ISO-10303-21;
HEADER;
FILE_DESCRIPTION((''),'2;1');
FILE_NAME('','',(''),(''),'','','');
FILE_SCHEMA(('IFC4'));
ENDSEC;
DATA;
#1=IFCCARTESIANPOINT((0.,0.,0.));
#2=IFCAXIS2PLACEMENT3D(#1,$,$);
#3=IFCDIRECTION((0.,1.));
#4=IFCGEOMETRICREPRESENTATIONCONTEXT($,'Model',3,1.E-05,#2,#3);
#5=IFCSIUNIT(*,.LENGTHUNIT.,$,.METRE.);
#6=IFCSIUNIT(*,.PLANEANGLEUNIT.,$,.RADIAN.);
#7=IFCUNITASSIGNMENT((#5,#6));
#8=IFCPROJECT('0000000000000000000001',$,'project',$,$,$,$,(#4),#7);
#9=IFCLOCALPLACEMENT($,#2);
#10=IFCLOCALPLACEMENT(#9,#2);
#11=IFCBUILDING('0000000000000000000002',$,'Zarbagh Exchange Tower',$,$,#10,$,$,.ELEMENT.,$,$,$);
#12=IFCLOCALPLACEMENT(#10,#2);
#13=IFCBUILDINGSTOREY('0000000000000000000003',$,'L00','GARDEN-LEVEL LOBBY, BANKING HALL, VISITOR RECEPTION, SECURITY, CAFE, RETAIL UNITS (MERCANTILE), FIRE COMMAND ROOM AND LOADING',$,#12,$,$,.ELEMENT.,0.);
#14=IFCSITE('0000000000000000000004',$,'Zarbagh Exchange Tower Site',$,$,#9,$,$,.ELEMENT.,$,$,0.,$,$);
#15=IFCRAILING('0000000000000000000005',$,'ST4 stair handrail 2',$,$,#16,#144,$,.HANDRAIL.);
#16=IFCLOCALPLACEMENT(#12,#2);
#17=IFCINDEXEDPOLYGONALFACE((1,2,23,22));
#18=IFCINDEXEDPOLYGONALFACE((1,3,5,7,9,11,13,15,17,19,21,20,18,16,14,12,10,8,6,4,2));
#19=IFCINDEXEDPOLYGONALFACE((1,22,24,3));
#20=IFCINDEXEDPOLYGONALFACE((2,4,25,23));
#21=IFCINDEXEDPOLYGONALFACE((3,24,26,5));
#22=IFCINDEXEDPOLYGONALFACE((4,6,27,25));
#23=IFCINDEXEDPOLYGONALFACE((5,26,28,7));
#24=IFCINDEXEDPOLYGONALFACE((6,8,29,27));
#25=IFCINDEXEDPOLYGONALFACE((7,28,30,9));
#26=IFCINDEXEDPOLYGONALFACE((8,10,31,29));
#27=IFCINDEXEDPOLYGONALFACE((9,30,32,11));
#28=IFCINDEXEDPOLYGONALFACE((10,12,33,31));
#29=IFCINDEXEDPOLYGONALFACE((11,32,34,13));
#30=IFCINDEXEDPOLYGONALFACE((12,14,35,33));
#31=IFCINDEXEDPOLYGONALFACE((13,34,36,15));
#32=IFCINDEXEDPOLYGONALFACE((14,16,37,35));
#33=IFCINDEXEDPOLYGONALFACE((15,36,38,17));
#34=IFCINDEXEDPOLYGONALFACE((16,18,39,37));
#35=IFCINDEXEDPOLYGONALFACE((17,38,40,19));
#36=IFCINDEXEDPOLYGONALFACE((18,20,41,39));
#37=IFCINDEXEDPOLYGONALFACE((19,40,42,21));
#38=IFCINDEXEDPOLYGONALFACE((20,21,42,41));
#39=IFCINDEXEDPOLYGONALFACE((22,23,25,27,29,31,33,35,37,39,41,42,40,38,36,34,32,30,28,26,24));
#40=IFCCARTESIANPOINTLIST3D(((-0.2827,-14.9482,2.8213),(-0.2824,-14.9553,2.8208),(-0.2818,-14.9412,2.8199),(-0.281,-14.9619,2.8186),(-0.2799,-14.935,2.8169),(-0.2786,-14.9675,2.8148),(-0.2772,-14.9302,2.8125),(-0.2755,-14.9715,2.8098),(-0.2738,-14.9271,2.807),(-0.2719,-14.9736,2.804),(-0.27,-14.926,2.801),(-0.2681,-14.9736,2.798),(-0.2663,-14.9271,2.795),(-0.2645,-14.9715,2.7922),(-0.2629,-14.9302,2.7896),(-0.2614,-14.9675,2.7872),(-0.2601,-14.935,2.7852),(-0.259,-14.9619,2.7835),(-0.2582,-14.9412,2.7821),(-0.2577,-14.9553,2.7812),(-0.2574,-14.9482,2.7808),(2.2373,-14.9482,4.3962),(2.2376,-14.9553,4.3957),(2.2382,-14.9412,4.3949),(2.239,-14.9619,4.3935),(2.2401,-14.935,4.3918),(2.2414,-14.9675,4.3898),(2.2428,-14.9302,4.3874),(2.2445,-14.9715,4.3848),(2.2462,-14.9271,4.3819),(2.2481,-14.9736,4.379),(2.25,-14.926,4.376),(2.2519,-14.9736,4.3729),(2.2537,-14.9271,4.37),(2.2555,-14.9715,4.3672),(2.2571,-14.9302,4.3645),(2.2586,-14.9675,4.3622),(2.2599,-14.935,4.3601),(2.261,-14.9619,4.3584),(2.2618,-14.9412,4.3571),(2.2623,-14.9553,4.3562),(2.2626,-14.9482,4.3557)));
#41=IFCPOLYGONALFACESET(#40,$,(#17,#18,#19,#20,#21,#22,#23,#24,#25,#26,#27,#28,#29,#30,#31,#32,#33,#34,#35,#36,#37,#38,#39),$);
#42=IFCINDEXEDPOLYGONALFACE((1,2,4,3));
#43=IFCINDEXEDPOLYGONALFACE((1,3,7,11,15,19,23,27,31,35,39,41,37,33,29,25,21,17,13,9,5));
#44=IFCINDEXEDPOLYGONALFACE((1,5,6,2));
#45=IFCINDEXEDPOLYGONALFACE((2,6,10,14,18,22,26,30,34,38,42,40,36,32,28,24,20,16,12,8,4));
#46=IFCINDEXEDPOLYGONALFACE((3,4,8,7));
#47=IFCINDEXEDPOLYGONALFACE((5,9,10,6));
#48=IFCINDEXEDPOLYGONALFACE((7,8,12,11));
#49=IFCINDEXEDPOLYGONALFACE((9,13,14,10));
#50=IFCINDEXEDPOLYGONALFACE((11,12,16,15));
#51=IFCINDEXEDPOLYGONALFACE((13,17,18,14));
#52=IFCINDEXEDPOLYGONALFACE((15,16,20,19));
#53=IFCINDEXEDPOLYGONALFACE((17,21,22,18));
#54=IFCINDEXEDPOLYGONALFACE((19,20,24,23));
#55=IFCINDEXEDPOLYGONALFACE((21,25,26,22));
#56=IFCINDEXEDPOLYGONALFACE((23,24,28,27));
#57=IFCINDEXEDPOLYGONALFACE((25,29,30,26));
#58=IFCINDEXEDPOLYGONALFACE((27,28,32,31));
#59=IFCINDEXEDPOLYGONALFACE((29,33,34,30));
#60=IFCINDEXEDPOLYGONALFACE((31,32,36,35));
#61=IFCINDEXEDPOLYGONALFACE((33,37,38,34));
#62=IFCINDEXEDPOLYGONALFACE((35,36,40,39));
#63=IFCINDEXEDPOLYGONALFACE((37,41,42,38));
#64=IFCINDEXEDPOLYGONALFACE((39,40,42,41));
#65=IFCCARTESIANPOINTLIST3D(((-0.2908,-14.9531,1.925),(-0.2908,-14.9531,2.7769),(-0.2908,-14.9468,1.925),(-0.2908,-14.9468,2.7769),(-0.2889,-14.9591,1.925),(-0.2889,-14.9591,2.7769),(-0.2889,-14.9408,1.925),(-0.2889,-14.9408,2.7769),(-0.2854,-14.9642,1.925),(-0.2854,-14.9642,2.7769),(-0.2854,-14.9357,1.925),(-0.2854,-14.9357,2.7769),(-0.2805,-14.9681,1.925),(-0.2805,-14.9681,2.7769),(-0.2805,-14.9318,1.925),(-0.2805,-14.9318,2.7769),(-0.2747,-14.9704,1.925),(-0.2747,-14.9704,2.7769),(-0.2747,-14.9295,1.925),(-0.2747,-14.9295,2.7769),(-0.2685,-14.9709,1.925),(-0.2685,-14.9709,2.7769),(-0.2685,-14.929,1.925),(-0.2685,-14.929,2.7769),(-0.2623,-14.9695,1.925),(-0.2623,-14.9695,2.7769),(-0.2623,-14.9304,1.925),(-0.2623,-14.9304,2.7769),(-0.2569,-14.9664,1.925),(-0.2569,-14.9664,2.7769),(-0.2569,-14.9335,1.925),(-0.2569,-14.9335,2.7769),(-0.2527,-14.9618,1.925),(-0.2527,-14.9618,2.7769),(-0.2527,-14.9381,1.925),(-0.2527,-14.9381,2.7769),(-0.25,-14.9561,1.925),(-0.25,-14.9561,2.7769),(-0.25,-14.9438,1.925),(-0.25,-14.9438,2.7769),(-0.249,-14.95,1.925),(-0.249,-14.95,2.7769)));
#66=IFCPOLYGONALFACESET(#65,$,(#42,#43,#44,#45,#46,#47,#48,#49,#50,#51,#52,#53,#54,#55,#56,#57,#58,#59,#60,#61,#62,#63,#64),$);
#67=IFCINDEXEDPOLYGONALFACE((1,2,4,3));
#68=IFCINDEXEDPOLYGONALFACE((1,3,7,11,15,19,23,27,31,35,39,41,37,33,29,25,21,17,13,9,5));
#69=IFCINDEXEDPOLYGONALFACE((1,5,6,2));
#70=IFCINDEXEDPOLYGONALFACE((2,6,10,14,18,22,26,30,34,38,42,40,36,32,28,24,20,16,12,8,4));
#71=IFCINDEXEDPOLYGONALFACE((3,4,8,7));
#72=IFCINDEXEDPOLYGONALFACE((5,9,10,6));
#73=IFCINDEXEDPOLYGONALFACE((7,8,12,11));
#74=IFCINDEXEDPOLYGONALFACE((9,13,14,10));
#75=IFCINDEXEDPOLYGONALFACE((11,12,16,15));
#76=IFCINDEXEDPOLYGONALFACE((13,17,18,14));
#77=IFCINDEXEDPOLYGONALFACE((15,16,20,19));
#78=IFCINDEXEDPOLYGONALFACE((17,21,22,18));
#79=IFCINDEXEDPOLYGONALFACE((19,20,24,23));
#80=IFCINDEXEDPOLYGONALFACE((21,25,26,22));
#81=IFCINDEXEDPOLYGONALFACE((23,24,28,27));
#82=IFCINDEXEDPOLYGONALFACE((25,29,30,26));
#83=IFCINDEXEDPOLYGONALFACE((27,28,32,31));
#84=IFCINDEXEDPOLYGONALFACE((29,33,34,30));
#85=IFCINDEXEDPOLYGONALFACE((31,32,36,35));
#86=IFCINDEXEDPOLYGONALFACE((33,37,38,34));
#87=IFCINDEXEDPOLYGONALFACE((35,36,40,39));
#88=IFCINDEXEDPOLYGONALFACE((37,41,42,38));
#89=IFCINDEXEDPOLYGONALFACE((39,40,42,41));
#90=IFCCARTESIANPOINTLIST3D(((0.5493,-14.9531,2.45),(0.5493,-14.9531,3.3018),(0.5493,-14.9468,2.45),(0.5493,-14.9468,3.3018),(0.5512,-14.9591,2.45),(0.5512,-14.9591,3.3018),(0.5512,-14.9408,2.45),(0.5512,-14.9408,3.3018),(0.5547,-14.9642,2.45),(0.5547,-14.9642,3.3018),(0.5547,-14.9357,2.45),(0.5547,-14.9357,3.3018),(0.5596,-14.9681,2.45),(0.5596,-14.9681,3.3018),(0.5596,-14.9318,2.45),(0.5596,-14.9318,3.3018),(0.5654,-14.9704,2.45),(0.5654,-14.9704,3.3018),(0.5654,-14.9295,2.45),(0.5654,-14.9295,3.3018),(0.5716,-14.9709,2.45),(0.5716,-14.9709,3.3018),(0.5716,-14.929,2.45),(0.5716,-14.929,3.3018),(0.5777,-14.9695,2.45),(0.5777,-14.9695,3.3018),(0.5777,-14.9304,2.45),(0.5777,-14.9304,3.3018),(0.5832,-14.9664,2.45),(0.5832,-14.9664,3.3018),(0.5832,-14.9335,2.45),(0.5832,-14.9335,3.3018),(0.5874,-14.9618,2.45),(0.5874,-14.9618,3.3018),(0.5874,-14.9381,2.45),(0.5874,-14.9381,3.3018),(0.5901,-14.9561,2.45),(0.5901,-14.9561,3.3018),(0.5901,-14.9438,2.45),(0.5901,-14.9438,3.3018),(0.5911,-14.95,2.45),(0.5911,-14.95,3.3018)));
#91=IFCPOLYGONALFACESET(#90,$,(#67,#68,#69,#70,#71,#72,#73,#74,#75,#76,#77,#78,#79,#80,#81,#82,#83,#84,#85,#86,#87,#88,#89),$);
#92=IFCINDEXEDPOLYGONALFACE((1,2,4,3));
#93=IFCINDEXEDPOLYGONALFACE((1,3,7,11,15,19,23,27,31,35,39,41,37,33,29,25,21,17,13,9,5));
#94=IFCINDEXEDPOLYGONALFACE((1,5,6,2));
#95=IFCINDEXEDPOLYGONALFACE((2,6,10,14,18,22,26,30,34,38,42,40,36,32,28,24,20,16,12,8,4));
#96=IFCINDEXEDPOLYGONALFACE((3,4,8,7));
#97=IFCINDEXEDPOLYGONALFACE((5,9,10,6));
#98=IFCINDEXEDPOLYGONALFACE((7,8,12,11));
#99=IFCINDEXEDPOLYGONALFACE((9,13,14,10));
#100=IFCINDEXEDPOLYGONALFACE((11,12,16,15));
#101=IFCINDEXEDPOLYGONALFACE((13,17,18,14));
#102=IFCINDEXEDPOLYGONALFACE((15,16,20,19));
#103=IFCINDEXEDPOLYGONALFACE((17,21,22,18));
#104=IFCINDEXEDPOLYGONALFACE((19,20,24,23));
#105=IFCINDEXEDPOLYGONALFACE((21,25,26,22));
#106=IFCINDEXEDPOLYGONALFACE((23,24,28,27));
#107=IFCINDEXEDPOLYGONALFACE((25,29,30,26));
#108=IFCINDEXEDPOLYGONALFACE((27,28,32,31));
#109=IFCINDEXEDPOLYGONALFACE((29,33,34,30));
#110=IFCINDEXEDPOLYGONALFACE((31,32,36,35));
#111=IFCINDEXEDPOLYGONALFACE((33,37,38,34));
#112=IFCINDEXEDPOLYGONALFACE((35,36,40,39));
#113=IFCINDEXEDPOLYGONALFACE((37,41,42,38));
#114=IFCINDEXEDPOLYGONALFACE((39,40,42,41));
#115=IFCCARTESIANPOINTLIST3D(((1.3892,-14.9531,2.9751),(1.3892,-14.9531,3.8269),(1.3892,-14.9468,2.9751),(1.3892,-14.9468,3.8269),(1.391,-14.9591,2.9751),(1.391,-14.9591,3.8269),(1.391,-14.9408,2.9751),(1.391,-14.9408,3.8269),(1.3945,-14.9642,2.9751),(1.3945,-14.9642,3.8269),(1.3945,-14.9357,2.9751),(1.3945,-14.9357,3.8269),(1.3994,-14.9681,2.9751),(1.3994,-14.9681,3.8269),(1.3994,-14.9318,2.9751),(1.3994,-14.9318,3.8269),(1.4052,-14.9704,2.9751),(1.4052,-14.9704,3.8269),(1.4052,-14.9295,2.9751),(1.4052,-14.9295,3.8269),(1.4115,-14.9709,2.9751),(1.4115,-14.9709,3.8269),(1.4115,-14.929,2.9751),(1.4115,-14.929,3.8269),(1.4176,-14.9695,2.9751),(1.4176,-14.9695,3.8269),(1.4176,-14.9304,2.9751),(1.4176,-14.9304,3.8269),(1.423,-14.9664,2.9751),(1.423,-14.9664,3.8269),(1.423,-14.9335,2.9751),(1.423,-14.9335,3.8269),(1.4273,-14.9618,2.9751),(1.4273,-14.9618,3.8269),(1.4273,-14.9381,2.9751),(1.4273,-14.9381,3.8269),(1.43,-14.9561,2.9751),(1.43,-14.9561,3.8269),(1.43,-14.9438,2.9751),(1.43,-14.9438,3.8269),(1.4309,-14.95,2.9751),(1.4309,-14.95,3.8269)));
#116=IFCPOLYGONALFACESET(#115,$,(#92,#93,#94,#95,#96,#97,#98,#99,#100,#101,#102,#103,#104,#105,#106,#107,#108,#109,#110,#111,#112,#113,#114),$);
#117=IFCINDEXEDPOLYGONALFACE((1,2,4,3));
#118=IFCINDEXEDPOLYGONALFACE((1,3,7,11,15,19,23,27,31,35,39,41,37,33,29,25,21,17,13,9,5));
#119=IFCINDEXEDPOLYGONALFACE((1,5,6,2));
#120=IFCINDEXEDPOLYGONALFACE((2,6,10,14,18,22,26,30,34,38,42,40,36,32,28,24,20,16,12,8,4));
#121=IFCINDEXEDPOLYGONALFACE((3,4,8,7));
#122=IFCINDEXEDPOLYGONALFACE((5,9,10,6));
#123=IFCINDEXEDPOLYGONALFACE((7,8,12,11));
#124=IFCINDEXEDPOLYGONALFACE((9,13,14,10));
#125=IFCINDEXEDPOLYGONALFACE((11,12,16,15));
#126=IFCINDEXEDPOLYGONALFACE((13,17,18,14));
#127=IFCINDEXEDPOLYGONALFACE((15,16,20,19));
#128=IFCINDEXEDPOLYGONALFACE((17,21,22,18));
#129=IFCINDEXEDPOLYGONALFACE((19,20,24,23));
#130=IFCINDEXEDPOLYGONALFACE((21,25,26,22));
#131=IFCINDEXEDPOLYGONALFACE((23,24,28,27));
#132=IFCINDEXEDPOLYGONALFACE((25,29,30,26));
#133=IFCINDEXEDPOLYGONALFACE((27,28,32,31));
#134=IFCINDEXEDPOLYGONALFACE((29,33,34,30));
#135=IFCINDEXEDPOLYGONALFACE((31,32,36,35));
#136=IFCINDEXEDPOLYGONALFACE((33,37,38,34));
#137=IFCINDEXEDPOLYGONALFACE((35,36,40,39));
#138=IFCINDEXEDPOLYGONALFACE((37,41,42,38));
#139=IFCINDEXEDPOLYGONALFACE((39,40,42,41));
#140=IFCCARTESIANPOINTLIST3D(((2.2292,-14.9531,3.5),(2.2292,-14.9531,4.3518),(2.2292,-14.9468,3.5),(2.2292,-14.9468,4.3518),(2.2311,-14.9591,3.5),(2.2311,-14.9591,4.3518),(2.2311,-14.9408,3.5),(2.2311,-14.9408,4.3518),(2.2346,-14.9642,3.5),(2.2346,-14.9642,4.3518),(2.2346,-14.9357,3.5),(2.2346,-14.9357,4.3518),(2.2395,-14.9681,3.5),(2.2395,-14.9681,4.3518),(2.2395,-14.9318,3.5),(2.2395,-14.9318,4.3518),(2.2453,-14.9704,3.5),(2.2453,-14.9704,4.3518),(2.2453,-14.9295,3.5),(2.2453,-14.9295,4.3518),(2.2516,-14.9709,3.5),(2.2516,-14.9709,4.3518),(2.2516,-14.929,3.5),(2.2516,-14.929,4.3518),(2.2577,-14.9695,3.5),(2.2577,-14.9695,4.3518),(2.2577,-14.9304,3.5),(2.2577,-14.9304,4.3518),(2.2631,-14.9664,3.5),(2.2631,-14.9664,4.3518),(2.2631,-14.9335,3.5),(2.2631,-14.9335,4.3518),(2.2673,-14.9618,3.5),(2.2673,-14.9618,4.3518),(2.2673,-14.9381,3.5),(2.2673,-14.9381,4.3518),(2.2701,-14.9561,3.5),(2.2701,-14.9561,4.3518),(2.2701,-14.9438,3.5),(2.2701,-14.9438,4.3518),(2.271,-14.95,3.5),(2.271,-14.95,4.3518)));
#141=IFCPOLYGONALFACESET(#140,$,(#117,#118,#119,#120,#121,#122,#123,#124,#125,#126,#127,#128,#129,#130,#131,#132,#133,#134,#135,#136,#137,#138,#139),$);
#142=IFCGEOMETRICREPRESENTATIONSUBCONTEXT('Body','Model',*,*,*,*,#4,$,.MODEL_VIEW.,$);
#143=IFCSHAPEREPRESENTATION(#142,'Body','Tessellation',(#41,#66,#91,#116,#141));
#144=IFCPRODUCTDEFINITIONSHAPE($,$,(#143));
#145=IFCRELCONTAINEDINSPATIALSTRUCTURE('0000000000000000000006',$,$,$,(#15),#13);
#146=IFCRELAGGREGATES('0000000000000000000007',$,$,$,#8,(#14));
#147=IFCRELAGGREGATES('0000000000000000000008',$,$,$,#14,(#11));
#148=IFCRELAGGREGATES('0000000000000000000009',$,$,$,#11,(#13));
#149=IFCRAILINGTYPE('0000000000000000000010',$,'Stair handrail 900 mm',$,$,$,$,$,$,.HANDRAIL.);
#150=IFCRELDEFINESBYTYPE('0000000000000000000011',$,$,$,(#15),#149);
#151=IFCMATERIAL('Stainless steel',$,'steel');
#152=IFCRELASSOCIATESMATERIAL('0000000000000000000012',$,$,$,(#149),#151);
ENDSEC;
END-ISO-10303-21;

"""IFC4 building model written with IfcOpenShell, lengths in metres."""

from ifc_helpers import new_model, si_unit, direction, frame, origin, origin_2d, place, context, subcontext, project, spatial, circle, extrude, material, type_object, element, save


model = new_model("IFC4")

# Units and contexts
model_context = context("Model", 3, precision=1e-05, world=origin(), true_north=direction((0.0, 1.0)))
body_context = subcontext(model_context, "Body", "Model", "MODEL_VIEW")
ifc_project = project(units=[si_unit("LENGTHUNIT", "METRE"), si_unit("PLANEANGLEUNIT", "RADIAN")], contexts=[model_context])

# Site, building, storey
site_placement = place(None, origin())
site = spatial("IfcSite", under=ifc_project, at=site_placement, Name="Zarbagh Exchange Tower Site", CompositionType="ELEMENT", RefElevation=0.0)
building_placement = place(site_placement, origin())
building = spatial("IfcBuilding", under=site, at=building_placement, Name="Zarbagh Exchange Tower", CompositionType="ELEMENT")
storey_placement = place(building_placement, origin())
storey = spatial("IfcBuildingStorey", under=building, at=storey_placement, Name="L00", Description="GARDEN-LEVEL LOBBY, BANKING HALL, VISITOR RECEPTION, SECURITY, CAFE, RETAIL UNITS (MERCANTILE), FIRE COMMAND ROOM AND LOADING", CompositionType="ELEMENT", Elevation=0.0)

# Railing
ifc_material_1 = material(Name="Stainless steel", Category="steel")
railing_type_1 = type_object("IfcRailingType", Name="Stair handrail 900 mm", PredefinedType="HANDRAIL", material=ifc_material_1)
for number, where, name in (
    (1, (-0.27, -14.95, 1.925), "ST4 stair handrail 2"),
):
    element("IfcRailing", number, at=place(storey_placement, frame(where)), inside=storey, type_object=railing_type_1, Name=name, PredefinedType="HANDRAIL", context=body_context, shape_type="SweptSolid", body=[
        extrude(circle(Radius=0.0239, at=origin_2d()), frame((0.0, 0.0, 0.876), z_axis=(0.848008, 0.0, 0.529984), x_axis=(0.0, 1.0, 0.0)), (0.0, 0.0, 1.0), 2.9717),
        extrude(circle(Radius=0.021, at=origin_2d()), origin(), (0.0, 0.0, 1.0), 0.8518),
        extrude(circle(Radius=0.021, at=origin_2d()), frame((0.8401, 0.0, 0.5249)), (0.0, 0.0, 1.0), 0.8518),
        extrude(circle(Radius=0.021, at=origin_2d()), frame((1.6799, 0.0, 1.05)), (0.0, 0.0, 1.0), 0.8518),
        extrude(circle(Radius=0.021, at=origin_2d()), frame((2.52, 0.0, 1.575)), (0.0, 0.0, 1.0), 0.8518),
    ])

save(model, "model.ifc")
